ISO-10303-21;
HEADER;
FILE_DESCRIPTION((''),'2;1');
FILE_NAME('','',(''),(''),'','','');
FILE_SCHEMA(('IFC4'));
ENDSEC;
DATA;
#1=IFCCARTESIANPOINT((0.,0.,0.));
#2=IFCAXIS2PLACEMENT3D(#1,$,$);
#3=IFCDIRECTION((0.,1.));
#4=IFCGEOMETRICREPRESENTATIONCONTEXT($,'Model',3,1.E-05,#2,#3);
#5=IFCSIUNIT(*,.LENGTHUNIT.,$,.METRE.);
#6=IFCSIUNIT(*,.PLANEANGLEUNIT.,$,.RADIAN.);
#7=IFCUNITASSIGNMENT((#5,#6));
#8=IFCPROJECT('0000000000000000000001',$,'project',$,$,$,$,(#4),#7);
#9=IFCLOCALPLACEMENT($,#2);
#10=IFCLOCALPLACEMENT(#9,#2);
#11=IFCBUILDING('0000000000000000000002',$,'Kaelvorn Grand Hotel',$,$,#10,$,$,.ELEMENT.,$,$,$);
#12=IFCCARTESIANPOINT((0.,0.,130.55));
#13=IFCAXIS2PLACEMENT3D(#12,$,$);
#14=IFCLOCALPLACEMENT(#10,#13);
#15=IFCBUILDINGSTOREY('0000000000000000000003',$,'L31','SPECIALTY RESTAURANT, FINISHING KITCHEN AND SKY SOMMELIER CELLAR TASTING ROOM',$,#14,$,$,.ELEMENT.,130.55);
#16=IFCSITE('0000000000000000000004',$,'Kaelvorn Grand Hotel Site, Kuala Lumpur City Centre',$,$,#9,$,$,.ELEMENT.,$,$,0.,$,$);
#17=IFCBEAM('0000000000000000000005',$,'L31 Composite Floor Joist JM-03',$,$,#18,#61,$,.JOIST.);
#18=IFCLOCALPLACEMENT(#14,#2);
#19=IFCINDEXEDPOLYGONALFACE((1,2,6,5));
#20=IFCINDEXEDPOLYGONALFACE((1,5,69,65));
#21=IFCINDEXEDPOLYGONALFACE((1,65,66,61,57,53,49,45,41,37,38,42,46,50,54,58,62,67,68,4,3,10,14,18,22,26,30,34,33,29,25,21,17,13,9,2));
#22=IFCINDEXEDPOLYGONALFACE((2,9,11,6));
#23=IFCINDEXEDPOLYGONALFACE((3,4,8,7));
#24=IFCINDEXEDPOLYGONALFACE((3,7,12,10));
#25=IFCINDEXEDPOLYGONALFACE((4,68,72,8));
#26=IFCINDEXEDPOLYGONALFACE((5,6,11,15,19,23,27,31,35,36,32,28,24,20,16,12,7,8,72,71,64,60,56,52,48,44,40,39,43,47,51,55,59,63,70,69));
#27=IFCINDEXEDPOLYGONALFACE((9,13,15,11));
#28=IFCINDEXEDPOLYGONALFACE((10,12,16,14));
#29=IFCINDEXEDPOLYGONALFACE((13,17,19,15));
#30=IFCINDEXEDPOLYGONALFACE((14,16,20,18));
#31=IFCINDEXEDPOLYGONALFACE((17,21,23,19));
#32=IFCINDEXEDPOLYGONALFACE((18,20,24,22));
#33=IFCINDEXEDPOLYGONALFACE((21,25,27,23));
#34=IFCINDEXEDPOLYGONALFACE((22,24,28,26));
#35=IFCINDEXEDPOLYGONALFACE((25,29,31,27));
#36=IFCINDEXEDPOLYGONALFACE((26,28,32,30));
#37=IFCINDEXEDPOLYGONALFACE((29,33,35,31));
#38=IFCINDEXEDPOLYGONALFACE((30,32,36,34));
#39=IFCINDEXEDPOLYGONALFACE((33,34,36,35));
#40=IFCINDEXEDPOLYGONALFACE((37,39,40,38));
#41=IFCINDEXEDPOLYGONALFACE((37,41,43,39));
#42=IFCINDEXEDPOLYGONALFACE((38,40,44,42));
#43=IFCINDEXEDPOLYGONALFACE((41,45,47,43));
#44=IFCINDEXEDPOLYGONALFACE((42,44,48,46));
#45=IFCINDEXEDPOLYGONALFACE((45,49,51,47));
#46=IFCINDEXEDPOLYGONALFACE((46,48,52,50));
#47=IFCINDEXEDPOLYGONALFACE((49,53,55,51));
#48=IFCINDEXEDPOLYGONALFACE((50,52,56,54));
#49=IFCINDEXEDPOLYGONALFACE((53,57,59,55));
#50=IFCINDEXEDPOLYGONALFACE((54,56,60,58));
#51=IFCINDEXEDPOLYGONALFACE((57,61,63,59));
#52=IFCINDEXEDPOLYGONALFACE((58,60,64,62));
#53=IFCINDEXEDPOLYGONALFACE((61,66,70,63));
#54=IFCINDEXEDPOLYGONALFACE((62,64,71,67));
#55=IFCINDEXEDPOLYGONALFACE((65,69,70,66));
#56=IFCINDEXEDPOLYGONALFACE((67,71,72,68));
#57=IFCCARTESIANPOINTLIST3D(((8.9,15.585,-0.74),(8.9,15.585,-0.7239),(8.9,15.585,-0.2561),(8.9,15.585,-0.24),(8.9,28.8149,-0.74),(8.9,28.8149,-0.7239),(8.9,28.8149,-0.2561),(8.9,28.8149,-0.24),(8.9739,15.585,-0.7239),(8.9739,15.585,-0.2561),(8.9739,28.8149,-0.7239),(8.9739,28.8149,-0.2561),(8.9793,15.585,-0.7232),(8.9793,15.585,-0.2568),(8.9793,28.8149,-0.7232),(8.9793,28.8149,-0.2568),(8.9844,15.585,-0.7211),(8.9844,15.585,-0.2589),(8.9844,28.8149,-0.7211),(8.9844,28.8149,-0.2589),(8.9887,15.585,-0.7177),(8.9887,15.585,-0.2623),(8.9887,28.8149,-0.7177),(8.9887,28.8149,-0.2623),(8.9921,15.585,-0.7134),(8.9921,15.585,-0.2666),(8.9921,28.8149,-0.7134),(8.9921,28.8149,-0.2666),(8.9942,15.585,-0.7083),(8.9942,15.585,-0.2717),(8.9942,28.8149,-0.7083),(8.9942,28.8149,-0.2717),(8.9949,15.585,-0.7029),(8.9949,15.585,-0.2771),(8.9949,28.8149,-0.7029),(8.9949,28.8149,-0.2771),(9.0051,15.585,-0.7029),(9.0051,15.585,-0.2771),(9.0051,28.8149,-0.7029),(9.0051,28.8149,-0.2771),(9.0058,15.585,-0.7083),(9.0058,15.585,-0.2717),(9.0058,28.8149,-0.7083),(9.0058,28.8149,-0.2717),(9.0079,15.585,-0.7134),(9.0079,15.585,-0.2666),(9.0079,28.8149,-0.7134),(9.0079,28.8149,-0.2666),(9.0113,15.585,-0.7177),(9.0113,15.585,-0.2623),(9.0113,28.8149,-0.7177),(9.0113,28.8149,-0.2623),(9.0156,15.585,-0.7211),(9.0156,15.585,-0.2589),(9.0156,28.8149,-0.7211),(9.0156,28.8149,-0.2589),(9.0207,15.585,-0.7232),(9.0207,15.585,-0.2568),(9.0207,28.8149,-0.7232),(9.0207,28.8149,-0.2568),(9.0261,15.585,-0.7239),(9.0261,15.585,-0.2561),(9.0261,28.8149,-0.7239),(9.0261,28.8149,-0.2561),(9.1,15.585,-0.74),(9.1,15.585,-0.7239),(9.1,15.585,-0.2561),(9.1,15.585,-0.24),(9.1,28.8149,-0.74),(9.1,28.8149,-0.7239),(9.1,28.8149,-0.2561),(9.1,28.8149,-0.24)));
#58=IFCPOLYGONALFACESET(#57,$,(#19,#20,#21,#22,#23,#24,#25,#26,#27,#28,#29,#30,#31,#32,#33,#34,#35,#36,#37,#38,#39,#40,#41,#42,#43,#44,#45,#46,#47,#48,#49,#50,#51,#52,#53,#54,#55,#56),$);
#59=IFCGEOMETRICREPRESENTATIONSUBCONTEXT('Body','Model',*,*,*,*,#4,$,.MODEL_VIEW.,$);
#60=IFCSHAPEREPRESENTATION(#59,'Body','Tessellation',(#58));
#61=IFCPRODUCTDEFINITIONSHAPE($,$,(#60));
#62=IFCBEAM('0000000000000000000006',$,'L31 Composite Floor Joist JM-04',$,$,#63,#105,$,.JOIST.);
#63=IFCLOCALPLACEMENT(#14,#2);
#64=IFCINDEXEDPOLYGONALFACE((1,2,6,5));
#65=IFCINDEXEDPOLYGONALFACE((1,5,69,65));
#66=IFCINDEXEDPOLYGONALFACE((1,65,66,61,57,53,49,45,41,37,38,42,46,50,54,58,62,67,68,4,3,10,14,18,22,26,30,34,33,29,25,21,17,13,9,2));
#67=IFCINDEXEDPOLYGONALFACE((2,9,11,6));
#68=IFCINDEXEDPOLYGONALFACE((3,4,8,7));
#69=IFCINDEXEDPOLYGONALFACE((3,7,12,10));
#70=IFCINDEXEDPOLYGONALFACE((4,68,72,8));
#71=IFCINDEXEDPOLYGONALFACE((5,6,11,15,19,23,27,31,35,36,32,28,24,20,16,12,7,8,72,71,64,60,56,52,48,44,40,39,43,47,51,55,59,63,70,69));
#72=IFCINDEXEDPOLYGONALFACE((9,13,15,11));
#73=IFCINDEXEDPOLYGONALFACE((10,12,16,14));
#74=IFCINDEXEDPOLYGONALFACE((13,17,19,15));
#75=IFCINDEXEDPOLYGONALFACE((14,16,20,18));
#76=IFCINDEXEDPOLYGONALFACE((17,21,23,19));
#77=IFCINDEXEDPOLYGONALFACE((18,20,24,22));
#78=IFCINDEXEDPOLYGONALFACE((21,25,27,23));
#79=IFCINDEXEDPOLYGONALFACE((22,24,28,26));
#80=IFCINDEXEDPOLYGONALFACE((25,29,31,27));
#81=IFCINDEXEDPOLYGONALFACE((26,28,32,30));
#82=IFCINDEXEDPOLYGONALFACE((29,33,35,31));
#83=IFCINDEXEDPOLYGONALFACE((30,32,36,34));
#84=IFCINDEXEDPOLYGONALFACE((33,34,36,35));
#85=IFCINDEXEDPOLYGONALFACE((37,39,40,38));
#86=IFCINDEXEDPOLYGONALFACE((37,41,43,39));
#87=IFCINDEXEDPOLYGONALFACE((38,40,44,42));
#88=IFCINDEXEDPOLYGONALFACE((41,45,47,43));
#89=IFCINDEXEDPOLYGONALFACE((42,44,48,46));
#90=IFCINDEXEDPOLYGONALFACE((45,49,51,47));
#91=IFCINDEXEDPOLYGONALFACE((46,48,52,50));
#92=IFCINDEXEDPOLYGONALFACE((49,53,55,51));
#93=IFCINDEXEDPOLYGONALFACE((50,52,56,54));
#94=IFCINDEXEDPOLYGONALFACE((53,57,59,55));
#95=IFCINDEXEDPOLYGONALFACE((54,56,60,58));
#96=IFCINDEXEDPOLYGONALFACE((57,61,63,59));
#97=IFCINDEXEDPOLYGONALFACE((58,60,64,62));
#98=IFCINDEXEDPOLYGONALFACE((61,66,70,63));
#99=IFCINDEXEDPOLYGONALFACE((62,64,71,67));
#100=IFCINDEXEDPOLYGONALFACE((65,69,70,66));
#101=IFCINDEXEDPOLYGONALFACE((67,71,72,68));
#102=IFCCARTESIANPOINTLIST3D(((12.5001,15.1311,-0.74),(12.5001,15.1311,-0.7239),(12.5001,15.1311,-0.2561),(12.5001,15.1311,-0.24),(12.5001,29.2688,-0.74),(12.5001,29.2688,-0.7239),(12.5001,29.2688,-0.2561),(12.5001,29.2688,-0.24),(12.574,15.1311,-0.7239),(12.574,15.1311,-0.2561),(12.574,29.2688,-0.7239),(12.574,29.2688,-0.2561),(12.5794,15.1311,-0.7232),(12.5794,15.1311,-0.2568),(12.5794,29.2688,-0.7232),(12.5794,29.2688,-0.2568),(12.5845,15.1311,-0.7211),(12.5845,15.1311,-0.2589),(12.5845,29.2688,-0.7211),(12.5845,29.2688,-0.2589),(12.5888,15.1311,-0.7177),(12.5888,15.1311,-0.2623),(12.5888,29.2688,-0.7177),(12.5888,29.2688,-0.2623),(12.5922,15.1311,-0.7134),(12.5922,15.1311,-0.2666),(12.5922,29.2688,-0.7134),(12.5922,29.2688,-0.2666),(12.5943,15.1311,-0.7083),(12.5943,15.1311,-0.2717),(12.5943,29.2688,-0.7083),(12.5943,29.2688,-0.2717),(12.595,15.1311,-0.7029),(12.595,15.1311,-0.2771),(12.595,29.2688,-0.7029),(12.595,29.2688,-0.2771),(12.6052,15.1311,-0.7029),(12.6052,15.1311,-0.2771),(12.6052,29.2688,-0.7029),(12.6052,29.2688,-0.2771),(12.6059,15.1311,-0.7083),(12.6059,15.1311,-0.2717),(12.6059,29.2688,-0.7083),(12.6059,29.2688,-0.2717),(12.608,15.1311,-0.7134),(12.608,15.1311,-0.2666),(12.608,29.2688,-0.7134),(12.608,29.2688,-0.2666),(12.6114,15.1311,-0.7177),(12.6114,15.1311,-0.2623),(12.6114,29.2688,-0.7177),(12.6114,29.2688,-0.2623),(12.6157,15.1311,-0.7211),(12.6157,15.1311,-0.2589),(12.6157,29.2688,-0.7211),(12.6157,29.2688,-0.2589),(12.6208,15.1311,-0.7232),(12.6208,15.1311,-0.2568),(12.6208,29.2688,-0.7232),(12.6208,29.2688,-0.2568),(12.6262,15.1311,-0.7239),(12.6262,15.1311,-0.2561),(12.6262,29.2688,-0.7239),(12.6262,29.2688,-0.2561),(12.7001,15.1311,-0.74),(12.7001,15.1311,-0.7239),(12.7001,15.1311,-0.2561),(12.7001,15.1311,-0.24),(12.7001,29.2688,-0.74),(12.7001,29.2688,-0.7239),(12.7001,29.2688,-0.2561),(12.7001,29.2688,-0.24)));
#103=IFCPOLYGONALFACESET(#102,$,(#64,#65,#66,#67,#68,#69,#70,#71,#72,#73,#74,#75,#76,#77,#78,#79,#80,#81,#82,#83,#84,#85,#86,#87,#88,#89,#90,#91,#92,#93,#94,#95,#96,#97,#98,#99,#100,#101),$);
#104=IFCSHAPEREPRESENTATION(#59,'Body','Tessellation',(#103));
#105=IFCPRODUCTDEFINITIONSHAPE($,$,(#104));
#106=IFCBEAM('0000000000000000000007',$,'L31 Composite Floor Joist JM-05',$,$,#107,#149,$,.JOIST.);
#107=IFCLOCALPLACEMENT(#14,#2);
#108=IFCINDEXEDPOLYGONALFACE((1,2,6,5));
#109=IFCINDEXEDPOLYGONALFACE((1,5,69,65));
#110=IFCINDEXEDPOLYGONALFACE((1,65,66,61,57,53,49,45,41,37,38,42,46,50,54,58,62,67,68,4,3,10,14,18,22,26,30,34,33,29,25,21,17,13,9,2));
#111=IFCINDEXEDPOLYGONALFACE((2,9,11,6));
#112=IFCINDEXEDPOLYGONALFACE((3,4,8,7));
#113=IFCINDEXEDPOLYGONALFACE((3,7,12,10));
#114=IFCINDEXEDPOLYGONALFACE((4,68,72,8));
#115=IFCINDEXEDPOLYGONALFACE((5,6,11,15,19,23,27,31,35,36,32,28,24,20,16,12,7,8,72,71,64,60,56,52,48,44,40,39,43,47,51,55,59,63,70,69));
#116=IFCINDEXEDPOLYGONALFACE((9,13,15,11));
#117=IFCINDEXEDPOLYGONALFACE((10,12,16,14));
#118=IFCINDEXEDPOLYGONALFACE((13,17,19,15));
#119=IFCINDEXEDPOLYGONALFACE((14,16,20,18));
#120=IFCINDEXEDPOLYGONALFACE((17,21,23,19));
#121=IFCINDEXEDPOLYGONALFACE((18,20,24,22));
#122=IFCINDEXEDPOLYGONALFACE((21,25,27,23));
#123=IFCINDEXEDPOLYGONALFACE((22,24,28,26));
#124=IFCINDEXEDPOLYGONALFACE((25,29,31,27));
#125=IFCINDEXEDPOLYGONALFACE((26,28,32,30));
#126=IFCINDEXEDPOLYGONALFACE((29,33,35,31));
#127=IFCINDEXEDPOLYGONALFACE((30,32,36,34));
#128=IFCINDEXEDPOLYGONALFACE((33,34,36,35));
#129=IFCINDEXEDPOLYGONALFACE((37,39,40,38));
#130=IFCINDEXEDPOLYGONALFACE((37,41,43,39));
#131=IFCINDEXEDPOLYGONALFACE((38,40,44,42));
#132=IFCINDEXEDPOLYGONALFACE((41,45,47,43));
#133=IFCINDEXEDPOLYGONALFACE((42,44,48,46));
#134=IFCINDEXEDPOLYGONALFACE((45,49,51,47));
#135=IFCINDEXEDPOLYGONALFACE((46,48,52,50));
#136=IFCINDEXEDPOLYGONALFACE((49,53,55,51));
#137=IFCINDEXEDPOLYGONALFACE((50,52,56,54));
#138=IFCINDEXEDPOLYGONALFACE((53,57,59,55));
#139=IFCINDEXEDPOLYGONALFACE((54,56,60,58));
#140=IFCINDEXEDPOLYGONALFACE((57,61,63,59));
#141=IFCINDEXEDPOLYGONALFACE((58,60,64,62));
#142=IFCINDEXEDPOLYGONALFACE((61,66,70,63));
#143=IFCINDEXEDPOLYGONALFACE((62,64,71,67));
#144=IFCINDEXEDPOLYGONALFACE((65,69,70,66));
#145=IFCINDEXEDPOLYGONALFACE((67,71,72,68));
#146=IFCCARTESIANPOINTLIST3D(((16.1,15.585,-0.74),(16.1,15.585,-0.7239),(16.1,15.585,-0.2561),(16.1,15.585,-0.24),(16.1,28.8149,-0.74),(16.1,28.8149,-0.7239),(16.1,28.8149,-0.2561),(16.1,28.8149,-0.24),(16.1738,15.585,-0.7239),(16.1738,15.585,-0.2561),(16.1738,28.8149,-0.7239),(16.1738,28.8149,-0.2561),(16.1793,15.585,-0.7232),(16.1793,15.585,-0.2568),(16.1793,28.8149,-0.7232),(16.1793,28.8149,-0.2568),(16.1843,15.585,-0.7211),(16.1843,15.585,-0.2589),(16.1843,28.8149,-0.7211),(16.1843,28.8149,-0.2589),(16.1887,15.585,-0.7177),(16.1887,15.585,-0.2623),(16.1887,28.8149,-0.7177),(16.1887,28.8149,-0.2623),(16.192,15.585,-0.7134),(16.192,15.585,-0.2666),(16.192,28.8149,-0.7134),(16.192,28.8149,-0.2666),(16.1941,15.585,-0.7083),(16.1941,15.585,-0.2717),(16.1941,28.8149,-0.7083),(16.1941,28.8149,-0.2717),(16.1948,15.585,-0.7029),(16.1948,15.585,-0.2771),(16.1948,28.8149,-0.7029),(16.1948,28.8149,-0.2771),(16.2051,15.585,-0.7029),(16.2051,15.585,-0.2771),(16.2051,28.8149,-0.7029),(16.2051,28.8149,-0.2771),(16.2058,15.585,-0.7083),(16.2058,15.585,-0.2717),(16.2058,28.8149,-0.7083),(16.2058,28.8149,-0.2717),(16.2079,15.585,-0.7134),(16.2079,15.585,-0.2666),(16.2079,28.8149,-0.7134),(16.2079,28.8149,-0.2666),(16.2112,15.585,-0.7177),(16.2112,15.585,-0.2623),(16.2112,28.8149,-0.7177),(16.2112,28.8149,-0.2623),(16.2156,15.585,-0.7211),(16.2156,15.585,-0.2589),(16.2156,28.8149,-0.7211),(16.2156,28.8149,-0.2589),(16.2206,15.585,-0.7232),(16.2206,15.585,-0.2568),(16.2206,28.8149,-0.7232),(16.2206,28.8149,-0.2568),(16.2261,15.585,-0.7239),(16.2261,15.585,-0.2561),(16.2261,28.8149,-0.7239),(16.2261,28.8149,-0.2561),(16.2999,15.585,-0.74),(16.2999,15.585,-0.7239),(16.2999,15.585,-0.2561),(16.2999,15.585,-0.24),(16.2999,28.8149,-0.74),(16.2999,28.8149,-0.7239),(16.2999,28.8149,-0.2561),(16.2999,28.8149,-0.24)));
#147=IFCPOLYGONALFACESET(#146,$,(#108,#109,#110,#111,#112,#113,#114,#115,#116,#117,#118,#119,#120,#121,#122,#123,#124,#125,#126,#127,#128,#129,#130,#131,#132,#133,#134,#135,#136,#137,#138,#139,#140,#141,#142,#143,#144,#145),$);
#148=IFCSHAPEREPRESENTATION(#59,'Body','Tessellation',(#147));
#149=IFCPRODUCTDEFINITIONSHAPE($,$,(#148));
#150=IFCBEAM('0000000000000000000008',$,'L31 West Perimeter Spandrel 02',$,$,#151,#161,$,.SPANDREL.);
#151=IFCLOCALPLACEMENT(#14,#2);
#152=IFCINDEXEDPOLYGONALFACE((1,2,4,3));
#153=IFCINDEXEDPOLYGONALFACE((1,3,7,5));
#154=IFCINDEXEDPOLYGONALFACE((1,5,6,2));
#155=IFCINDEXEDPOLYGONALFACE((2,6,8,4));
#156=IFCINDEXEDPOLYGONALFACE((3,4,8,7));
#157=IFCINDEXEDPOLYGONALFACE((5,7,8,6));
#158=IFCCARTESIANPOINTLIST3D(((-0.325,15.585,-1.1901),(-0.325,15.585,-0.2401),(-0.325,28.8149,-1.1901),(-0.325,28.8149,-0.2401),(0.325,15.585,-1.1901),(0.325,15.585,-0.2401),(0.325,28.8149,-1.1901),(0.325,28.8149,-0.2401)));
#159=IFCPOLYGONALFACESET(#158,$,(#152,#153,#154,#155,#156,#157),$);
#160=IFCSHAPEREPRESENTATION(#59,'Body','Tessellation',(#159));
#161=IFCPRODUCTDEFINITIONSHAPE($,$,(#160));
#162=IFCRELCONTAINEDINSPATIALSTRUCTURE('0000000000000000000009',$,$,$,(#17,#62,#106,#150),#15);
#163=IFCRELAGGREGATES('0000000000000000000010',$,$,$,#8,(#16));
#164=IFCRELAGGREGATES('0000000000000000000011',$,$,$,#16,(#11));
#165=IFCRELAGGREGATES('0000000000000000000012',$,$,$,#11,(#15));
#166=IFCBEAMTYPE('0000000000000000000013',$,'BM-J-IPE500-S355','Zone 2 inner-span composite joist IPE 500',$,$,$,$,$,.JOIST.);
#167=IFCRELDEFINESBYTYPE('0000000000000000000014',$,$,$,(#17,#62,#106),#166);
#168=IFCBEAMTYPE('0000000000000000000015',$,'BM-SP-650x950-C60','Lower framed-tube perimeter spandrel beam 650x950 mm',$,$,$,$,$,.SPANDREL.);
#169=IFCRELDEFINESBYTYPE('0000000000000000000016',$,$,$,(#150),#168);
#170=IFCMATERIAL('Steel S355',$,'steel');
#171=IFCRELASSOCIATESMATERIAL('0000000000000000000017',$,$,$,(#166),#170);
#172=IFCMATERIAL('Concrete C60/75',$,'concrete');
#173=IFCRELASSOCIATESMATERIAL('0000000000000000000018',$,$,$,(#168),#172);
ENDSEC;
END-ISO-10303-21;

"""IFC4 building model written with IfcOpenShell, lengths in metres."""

from ifc_helpers import new_model, si_unit, direction, frame, origin, origin_2d, place, context, subcontext, project, spatial, rectangle, i_section, extrude, material, material_profile, profile_set, type_object, element, save


model = new_model("IFC4")

# Units and contexts
model_context = context("Model", 3, precision=1e-05, world=origin(), true_north=direction((0.0, 1.0)))
body_context = subcontext(model_context, "Body", "Model", "MODEL_VIEW")
ifc_project = project(units=[si_unit("LENGTHUNIT", "METRE"), si_unit("PLANEANGLEUNIT", "RADIAN")], contexts=[model_context])

# Site, building, storey
site_placement = place(None, origin())
site = spatial("IfcSite", under=ifc_project, at=site_placement, Name="Kaelvorn Grand Hotel Site, Kuala Lumpur City Centre", CompositionType="ELEMENT", RefElevation=0.0)
building_placement = place(site_placement, origin())
building = spatial("IfcBuilding", under=site, at=building_placement, Name="Kaelvorn Grand Hotel", CompositionType="ELEMENT")
storey_placement = place(building_placement, frame((0.0, 0.0, 130.55)))
storey = spatial("IfcBuildingStorey", under=building, at=storey_placement, Name="L31", Description="SPECIALTY RESTAURANT, FINISHING KITCHEN AND SKY SOMMELIER CELLAR TASTING ROOM", CompositionType="ELEMENT", Elevation=130.55)

# Shared definitions
ifc_material_1 = material(Name="Concrete C60/75", Category="concrete")

# Beams
ifc_material_2 = material(Name="Steel S355", Category="steel")
ifc_material_profile_1 = material_profile(ifc_material_2, i_section(OverallWidth=0.2, OverallDepth=0.5, WebThickness=0.0103, FlangeThickness=0.0161, FilletRadius=0.021, at=origin_2d()), Name="IPE 500")
ifc_profile_set_1 = profile_set([ifc_material_profile_1], Name="Steel S355")
beam_type_1 = type_object("IfcBeamType", Name="BM-J-IPE500-S355", Description="Zone 2 inner-span composite joist IPE 500", PredefinedType="JOIST", material=ifc_profile_set_1)
beam_1_placement = place(storey_placement, frame((9.0, 15.585, -0.49), z_axis=(0.0, 1.0, 0.0), x_axis=(-1.0, 0.0, 0.0)))
element("IfcBeam", 1, at=beam_1_placement, inside=storey, type_object=beam_type_1, Name="L31 Composite Floor Joist JM-03", PredefinedType="JOIST", context=body_context, shape_type="SweptSolid", body=[
    extrude(i_section(OverallWidth=0.2, OverallDepth=0.5, WebThickness=0.0103, FlangeThickness=0.0161, FilletRadius=0.021, at=origin_2d()), origin(), (0.0, 0.0, 1.0), 13.23),
])
beam_2_placement = place(storey_placement, frame((12.6001, 15.1311, -0.49), z_axis=(0.0, 1.0, 0.0), x_axis=(-1.0, 0.0, 0.0)))
element("IfcBeam", 2, at=beam_2_placement, inside=storey, type_object=beam_type_1, Name="L31 Composite Floor Joist JM-04", PredefinedType="JOIST", context=body_context, shape_type="SweptSolid", body=[
    extrude(i_section(OverallWidth=0.2, OverallDepth=0.5, WebThickness=0.0103, FlangeThickness=0.0161, FilletRadius=0.021, at=origin_2d()), origin(), (0.0, 0.0, 1.0), 14.1377),
])
beam_3_placement = place(storey_placement, frame((16.2, 15.585, -0.49), z_axis=(0.0, 1.0, 0.0), x_axis=(-1.0, 0.0, 0.0)))
element("IfcBeam", 3, at=beam_3_placement, inside=storey, type_object=beam_type_1, Name="L31 Composite Floor Joist JM-05", PredefinedType="JOIST", context=body_context, shape_type="SweptSolid", body=[
    extrude(i_section(OverallWidth=0.2, OverallDepth=0.5, WebThickness=0.0103, FlangeThickness=0.0161, FilletRadius=0.021, at=origin_2d()), origin(), (0.0, 0.0, 1.0), 13.23),
])
ifc_material_profile_2 = material_profile(ifc_material_1, rectangle(XDim=0.6499, YDim=0.95, at=origin_2d()), Name="RC SPANDREL 650x950")
ifc_profile_set_2 = profile_set([ifc_material_profile_2], Name="Concrete C60/75")
beam_type_2 = type_object("IfcBeamType", Name="BM-SP-650x950-C60", Description="Lower framed-tube perimeter spandrel beam 650x950 mm", PredefinedType="SPANDREL", material=ifc_profile_set_2)
beam_4_placement = place(storey_placement, frame((0.0, 15.585, -0.7151), z_axis=(0.0, 1.0, 0.0), x_axis=(-1.0, 0.0, 0.0)))
element("IfcBeam", 4, at=beam_4_placement, inside=storey, type_object=beam_type_2, Name="L31 West Perimeter Spandrel 02", PredefinedType="SPANDREL", context=body_context, shape_type="SweptSolid", body=[
    extrude(rectangle(XDim=0.6499, YDim=0.95, at=origin_2d()), origin(), (0.0, 0.0, 1.0), 13.23),
])

save(model, "model.ifc")
